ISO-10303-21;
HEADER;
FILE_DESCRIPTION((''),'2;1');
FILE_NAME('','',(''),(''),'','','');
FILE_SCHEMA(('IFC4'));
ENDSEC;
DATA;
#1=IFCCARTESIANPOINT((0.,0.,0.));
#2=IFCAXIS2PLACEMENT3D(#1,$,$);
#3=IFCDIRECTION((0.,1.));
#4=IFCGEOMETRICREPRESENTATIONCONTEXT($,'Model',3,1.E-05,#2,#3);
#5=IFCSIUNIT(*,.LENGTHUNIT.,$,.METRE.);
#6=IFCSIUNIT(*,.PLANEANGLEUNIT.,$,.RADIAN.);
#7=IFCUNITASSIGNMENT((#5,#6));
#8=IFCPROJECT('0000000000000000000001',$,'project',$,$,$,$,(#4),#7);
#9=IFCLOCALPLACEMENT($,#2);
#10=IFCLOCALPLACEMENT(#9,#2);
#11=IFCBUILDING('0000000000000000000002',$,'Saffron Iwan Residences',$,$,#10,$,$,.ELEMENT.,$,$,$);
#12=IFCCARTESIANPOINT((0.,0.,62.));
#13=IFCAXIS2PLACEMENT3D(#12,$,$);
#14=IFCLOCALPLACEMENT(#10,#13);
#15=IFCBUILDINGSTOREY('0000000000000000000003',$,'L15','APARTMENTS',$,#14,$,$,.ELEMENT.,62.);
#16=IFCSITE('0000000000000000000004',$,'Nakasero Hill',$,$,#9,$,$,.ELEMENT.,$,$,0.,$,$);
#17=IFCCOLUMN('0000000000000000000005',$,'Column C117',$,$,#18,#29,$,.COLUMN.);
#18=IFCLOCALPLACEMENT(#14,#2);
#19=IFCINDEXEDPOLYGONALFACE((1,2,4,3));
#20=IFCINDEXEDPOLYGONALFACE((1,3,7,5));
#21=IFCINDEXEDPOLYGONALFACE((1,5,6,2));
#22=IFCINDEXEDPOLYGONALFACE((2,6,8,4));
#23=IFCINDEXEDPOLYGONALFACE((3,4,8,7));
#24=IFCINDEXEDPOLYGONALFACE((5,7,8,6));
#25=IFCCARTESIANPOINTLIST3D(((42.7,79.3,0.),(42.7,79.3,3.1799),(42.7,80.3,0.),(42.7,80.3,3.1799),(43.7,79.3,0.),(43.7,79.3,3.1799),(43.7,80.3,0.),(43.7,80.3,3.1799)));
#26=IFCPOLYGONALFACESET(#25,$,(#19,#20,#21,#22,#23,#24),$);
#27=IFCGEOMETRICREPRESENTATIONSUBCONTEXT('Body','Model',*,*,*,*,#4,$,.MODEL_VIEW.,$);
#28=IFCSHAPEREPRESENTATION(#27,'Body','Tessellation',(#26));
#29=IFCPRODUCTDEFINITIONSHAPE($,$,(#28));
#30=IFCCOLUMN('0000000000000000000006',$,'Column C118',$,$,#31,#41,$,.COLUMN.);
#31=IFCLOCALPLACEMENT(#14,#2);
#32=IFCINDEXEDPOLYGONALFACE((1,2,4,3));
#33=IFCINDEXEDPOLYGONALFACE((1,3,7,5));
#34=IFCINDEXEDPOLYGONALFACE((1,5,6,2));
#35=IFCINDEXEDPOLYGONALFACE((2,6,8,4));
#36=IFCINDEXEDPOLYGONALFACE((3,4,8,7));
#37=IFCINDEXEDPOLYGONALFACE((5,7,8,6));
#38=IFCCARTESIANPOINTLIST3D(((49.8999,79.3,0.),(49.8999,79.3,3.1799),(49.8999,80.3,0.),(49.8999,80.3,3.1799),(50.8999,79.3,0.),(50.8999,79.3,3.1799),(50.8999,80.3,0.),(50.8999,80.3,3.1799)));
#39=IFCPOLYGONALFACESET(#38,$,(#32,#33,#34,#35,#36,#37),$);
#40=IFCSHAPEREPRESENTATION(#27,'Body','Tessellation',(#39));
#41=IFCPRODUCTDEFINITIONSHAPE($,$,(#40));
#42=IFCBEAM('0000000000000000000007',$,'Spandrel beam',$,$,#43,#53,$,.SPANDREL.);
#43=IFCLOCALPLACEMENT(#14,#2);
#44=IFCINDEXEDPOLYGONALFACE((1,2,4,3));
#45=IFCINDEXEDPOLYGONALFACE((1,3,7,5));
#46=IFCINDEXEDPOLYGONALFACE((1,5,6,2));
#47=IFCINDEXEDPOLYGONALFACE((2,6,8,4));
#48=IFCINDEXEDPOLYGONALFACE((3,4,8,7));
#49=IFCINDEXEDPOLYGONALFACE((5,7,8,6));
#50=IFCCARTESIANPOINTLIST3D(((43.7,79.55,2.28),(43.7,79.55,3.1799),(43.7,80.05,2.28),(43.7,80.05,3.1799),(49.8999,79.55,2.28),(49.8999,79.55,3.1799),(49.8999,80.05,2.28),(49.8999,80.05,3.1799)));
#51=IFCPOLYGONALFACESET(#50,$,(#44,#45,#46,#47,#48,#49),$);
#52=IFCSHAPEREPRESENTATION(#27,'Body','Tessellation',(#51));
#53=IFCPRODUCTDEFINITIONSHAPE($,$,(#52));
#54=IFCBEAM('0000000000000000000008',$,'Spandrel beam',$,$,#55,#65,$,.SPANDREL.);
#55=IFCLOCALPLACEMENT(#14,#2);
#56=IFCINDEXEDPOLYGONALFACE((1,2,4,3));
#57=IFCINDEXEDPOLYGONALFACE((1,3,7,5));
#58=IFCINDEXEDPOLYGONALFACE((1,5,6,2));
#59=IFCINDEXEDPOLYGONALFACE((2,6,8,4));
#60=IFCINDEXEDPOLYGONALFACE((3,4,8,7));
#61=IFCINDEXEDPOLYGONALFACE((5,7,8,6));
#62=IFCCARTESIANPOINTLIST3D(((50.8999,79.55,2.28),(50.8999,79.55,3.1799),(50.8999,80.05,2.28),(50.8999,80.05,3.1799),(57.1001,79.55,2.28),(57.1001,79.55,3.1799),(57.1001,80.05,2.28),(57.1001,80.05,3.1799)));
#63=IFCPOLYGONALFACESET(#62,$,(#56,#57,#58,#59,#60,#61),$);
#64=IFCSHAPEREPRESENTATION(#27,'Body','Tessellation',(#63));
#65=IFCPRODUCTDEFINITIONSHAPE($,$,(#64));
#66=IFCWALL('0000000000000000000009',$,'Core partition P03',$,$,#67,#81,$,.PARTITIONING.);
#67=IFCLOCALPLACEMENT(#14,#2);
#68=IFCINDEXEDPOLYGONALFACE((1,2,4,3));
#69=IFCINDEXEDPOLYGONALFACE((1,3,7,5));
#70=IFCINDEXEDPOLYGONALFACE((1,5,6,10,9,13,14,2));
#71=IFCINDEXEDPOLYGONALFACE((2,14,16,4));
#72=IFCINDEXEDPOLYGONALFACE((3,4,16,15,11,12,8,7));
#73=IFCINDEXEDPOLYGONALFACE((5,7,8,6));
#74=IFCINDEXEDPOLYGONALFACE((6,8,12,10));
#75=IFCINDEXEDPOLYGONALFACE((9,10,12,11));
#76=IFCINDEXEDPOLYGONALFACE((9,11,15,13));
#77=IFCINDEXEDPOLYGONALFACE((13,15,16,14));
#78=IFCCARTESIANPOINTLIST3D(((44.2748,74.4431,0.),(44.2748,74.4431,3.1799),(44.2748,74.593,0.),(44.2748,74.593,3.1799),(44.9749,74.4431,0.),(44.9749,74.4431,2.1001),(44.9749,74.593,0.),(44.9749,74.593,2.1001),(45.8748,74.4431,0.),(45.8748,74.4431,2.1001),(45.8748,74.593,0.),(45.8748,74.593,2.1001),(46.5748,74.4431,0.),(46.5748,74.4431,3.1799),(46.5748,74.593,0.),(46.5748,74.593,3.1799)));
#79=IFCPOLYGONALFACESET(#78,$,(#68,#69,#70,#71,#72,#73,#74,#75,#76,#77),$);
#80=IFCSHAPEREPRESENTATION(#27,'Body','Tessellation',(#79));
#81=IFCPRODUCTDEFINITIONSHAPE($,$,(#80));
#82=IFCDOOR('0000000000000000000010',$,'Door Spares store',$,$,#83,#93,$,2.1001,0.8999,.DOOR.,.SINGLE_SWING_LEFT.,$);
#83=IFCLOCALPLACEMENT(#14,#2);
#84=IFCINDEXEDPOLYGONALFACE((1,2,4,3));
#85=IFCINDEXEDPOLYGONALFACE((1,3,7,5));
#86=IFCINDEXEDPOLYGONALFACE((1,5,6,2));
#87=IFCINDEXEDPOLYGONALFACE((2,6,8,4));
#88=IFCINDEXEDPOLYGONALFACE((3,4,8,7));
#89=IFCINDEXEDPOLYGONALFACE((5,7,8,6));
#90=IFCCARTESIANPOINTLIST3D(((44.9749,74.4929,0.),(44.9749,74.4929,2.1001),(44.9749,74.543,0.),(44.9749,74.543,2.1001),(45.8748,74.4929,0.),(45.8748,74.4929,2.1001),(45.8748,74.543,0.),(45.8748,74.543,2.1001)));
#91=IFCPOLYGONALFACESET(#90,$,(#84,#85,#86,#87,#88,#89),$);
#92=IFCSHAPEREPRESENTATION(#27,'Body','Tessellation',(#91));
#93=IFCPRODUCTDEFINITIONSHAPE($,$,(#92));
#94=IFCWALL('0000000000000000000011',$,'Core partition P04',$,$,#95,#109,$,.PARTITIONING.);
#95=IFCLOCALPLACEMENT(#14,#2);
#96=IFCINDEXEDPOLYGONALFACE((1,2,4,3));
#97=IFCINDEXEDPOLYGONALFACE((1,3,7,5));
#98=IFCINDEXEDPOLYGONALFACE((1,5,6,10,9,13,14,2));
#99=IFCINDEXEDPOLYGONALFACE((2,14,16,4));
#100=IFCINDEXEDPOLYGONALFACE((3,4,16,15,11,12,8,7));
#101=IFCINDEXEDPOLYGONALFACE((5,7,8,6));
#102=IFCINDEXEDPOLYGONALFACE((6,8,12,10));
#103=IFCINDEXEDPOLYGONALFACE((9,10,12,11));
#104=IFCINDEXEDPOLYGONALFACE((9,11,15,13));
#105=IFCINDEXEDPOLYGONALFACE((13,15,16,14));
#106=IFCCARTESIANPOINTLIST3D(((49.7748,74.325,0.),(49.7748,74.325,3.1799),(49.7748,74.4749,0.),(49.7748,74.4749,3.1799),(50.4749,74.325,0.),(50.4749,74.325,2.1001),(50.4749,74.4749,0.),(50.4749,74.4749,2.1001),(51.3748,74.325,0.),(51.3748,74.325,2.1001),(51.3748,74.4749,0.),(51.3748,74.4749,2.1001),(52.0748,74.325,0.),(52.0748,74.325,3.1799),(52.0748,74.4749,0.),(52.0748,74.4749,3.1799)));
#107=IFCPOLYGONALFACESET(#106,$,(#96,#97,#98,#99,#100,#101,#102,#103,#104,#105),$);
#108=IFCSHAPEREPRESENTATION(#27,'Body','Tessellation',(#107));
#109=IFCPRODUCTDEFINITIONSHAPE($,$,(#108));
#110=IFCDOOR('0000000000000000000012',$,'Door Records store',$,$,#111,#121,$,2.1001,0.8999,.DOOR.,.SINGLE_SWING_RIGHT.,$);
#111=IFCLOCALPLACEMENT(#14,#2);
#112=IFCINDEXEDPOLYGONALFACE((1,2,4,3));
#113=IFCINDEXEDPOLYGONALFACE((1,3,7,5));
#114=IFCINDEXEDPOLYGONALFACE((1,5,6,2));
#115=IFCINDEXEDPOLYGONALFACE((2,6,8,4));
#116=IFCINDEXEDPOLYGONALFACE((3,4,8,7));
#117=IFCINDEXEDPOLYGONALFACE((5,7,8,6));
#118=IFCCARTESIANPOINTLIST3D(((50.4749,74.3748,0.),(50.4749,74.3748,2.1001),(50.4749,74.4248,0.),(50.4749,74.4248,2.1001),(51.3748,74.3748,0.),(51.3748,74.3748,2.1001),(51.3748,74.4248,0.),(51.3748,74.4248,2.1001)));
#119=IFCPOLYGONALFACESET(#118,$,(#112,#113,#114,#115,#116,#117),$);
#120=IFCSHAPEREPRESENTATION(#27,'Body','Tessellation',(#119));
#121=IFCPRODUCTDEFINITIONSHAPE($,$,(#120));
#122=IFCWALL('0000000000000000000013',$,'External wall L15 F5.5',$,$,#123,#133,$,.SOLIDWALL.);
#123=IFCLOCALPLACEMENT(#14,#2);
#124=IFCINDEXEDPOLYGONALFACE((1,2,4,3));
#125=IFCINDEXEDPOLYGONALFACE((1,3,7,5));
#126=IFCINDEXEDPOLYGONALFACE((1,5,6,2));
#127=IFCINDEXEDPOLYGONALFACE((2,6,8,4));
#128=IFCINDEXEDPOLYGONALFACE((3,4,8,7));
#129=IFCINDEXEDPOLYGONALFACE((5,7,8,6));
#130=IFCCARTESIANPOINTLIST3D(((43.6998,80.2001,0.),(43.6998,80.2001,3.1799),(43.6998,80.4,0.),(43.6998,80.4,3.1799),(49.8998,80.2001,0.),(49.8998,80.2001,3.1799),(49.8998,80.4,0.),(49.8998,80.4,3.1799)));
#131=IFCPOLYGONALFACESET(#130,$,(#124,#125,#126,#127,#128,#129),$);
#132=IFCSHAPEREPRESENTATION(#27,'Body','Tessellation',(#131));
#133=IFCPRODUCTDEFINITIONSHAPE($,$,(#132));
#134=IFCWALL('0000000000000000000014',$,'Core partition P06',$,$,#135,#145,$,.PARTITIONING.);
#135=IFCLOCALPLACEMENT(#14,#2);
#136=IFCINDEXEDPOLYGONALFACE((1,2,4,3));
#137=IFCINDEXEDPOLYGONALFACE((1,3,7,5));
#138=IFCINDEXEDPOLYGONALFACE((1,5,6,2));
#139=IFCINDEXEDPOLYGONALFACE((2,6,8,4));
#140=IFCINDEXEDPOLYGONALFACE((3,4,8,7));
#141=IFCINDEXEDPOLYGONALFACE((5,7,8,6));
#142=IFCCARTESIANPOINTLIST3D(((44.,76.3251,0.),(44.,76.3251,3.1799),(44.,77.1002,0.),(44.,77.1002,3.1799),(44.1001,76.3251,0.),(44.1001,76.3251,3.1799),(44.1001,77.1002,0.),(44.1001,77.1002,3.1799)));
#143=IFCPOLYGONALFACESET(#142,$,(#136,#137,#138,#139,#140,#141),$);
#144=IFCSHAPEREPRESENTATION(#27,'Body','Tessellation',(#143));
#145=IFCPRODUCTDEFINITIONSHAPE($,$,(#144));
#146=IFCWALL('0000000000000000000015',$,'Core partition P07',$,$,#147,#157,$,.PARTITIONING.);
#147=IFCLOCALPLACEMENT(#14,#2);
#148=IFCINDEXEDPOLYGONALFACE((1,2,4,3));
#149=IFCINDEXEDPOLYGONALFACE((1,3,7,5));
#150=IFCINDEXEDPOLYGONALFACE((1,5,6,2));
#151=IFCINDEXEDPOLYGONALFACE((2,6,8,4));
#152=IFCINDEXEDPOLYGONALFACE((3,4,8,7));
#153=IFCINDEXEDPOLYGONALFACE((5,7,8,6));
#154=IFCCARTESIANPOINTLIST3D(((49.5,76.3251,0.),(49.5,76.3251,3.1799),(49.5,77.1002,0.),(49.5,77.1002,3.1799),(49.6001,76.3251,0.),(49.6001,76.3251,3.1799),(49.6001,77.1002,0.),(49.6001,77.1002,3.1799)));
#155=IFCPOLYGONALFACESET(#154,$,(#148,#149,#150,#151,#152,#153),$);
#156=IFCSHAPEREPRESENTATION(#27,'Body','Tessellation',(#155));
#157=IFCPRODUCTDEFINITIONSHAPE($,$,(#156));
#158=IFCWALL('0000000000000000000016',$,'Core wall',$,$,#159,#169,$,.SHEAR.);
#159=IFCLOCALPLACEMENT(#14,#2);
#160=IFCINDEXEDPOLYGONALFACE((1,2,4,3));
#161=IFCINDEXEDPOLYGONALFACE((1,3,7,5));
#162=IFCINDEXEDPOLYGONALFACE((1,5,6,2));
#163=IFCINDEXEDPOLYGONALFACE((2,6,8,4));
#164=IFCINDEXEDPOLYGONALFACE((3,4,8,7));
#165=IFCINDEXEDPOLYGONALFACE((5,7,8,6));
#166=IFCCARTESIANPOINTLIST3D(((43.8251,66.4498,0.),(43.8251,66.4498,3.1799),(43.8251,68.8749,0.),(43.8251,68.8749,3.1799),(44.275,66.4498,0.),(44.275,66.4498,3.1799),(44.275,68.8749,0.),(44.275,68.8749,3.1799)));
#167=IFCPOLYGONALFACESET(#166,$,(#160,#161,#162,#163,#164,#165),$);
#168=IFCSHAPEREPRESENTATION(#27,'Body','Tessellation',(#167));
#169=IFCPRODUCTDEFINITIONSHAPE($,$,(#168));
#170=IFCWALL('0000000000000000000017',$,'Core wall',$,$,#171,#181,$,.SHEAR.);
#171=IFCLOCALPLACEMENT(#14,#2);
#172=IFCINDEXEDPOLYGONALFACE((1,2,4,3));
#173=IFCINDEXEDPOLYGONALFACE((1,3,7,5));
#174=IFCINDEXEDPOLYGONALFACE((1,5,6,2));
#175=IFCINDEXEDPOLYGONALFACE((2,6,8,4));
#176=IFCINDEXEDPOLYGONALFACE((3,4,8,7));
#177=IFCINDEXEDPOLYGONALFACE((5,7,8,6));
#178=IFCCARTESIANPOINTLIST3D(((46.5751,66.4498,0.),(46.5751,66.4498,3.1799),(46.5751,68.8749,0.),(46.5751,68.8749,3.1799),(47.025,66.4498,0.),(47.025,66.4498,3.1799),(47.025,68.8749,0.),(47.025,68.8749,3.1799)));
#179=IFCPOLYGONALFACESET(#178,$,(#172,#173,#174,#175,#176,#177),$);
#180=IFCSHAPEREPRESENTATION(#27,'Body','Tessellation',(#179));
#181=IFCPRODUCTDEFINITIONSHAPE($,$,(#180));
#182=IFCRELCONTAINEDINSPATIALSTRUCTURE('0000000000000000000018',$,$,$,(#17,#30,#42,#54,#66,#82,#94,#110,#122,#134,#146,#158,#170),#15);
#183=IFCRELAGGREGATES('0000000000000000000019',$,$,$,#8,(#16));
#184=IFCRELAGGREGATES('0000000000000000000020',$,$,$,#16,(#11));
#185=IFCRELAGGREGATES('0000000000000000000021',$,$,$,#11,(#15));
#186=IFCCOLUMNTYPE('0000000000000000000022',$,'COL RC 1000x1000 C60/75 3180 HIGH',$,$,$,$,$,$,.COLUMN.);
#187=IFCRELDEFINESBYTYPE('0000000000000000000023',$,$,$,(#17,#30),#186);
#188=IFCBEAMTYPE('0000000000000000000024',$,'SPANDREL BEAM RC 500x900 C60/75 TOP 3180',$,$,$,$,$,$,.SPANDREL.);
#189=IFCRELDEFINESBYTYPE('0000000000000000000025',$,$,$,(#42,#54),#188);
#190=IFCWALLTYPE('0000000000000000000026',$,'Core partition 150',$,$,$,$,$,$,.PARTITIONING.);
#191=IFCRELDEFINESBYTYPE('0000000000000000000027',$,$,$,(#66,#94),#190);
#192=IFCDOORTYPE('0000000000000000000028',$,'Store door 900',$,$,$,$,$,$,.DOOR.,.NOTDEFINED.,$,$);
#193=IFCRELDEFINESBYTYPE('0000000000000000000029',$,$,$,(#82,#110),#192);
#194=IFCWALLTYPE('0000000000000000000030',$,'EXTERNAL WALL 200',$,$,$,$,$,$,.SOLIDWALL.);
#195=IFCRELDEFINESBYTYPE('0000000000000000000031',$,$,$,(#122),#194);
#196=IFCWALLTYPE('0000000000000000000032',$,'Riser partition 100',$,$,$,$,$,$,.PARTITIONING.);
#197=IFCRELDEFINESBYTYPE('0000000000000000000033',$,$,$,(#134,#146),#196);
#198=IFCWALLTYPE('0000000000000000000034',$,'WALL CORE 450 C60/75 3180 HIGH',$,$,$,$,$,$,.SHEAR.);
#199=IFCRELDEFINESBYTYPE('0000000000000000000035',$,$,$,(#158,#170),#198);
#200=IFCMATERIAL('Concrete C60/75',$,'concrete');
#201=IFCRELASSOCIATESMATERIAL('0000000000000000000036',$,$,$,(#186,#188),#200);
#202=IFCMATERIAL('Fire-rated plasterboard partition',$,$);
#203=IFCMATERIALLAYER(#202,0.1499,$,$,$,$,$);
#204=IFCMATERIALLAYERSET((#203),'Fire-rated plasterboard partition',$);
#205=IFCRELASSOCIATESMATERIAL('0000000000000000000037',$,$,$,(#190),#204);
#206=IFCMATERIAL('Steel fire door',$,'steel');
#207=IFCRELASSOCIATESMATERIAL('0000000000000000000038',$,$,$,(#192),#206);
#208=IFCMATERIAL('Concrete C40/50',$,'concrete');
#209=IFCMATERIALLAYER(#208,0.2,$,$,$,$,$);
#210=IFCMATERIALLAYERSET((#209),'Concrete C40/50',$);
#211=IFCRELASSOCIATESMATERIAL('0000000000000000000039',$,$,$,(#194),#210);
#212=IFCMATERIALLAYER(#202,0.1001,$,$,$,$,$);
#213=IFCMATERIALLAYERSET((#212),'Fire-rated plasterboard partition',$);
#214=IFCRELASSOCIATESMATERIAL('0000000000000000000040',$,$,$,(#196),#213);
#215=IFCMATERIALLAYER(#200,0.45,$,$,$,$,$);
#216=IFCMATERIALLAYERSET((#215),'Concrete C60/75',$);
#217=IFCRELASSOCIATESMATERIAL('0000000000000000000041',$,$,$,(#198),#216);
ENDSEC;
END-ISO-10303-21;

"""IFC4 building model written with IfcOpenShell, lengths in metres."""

from ifc_helpers import new_model, si_unit, direction, frame, frame_2d, origin, origin_2d, place, context, subcontext, project, spatial, rectangle, extrude, source, transform, mapped, material, layer, layer_set, material_profile, profile_set, type_object, element, fill, save


model = new_model("IFC4")

# Units and contexts
model_context = context("Model", 3, precision=1e-05, world=origin(), true_north=direction((0.0, 1.0)))
body_context = subcontext(model_context, "Body", "Model", "MODEL_VIEW")
ifc_project = project(units=[si_unit("LENGTHUNIT", "METRE"), si_unit("PLANEANGLEUNIT", "RADIAN")], contexts=[model_context])

# Site, building, storey
site_placement = place(None, origin())
site = spatial("IfcSite", under=ifc_project, at=site_placement, Name="Nakasero Hill", CompositionType="ELEMENT", RefElevation=0.0)
building_placement = place(site_placement, origin())
building = spatial("IfcBuilding", under=site, at=building_placement, Name="Saffron Iwan Residences", CompositionType="ELEMENT")
storey_placement = place(building_placement, frame((0.0, 0.0, 62.0)))
storey = spatial("IfcBuildingStorey", under=building, at=storey_placement, Name="L15", Description="APARTMENTS", CompositionType="ELEMENT", Elevation=62.0)

# Columns
ifc_material_1 = material(Name="Concrete C60/75", Category="concrete")
ifc_material_profile_1 = material_profile(ifc_material_1, rectangle(XDim=1.0, YDim=1.0, at=origin_2d()), Name="RC 1000x1000")
ifc_profile_set_1 = profile_set([ifc_material_profile_1], Name="Concrete C60/75")
column_type = type_object("IfcColumnType", Name="COL RC 1000x1000 C60/75 3180 HIGH", PredefinedType="COLUMN", material=ifc_profile_set_1)
shared_shape_1 = source(origin(), body_context, "Body", "SweptSolid", [
    extrude(rectangle(XDim=1.0, YDim=1.0, at=origin_2d()), origin(), (0.0, 0.0, 1.0), 3.1799),
])
for number, where, z_axis, x_axis, name in (
    (1, (43.2, 79.8, 0.0), (0.0, 0.0, 1.0), (1.0, 0.0, 0.0), "Column C117"),
    (2, (50.3999, 79.8, 0.0), (0.0, 0.0, 1.0), (1.0, 0.0, 0.0), "Column C118"),
):
    element("IfcColumn", number, at=place(storey_placement, frame(where, z_axis=z_axis, x_axis=x_axis)), inside=storey, type_object=column_type, Name=name, PredefinedType="COLUMN", context=body_context, shape_type="MappedRepresentation", body=[
        mapped(shared_shape_1, transform((0.0, 0.0, 0.0))),
    ])

# Beams
ifc_material_profile_2 = material_profile(ifc_material_1, rectangle(XDim=0.5, YDim=0.8999, at=origin_2d()), Name="RC 500x900")
ifc_profile_set_2 = profile_set([ifc_material_profile_2], Name="Concrete C60/75")
beam_type = type_object("IfcBeamType", Name="SPANDREL BEAM RC 500x900 C60/75 TOP 3180", PredefinedType="SPANDREL", material=ifc_profile_set_2)
shared_shape_2 = source(origin(), body_context, "Body", "SweptSolid", [
    extrude(rectangle(XDim=0.5, YDim=0.8999, at=origin_2d()), origin(), (0.0, 0.0, 1.0), 6.2),
])
beam_1_placement = place(storey_placement, frame((43.7, 79.8, 2.73), z_axis=(1.0, 0.0, 0.0), x_axis=(0.0, 1.0, 0.0)))
element("IfcBeam", 3, at=beam_1_placement, inside=storey, type_object=beam_type, Name="Spandrel beam", PredefinedType="SPANDREL", context=body_context, shape_type="MappedRepresentation", body=[
    mapped(shared_shape_2, transform((0.0, 0.0, 0.0))),
])
shared_shape_3 = source(origin(), body_context, "Body", "SweptSolid", [
    extrude(rectangle(XDim=0.5, YDim=0.8999, at=origin_2d()), origin(), (0.0, 0.0, 1.0), 6.2002),
])
beam_2_placement = place(storey_placement, frame((50.8999, 79.8, 2.73), z_axis=(1.0, 0.0, 0.0), x_axis=(0.0, 1.0, 0.0)))
element("IfcBeam", 4, at=beam_2_placement, inside=storey, type_object=beam_type, Name="Spandrel beam", PredefinedType="SPANDREL", context=body_context, shape_type="MappedRepresentation", body=[
    mapped(shared_shape_3, transform((0.0, 0.0, 0.0))),
])

# Walls, openings, doors
ifc_material_2 = material(Name="Fire-rated plasterboard partition")
ifc_layer_1 = layer(ifc_material_2, 0.1499)
ifc_layer_set_1 = layer_set([ifc_layer_1], Name="Fire-rated plasterboard partition")
wall_type_1 = type_object("IfcWallType", Name="Core partition 150", PredefinedType="PARTITIONING", material=ifc_layer_set_1)
wall_1_placement = place(storey_placement, frame((44.2749, 74.5181, 0.0), z_axis=(0.0, 0.0, 1.0), x_axis=(1.0, 0.0, 0.0)))
wall_1 = element("IfcWall", 5, at=wall_1_placement, inside=storey, type_object=wall_type_1, Name="Core partition P03", PredefinedType="PARTITIONING", context=body_context, shape_type="SweptSolid", body=[
    extrude(rectangle(XDim=2.3, YDim=0.1499, at=frame_2d((1.1499, 0.0))), origin(), (0.0, 0.0, 1.0), 3.1799),
])
opening_1_placement = place(wall_1_placement, frame((0.7, 0.0, 0.0)))
opening_1 = element("IfcOpeningElement", 6, at=opening_1_placement, cuts=wall_1, PredefinedType="OPENING", context=body_context, shape_type="SweptSolid", body=[
    extrude(rectangle(XDim=0.8999, YDim=2.1001, at=frame_2d((0.45, 1.05))), frame((0.0, 0.085, 0.0), z_axis=(0.0, -1.0, 0.0), x_axis=(1.0, 0.0, 0.0)), (0.0, 0.0, 1.0), 0.1699),
])
ifc_material_3 = material(Name="Steel fire door", Category="steel")
door_type = type_object("IfcDoorType", Name="Store door 900", OperationType="NOTDEFINED", PredefinedType="DOOR", material=ifc_material_3)
door_1_placement = place(opening_1_placement, origin())
door_1 = element("IfcDoor", 7, at=door_1_placement, inside=storey, type_object=door_type, Name="Door Spares store", OperationType="SINGLE_SWING_LEFT", OverallHeight=2.1001, OverallWidth=0.8999, PredefinedType="DOOR", context=body_context, shape_type="SweptSolid", body=[
    extrude(rectangle(XDim=0.8999, YDim=2.1001, at=frame_2d((0.45, 1.05))), frame((0.0, 0.0249, 0.0), z_axis=(0.0, -1.0, 0.0), x_axis=(1.0, 0.0, 0.0)), (0.0, 0.0, 1.0), 0.05),
])
fill(opening_1, door_1)
wall_2_placement = place(storey_placement, frame((49.7749, 74.3999, 0.0), z_axis=(0.0, 0.0, 1.0), x_axis=(1.0, 0.0, 0.0)))
wall_2 = element("IfcWall", 8, at=wall_2_placement, inside=storey, type_object=wall_type_1, Name="Core partition P04", PredefinedType="PARTITIONING", context=body_context, shape_type="SweptSolid", body=[
    extrude(rectangle(XDim=2.3, YDim=0.1499, at=frame_2d((1.1499, 0.0))), origin(), (0.0, 0.0, 1.0), 3.1799),
])
opening_2_placement = place(wall_2_placement, frame((0.7, 0.0, 0.0)))
opening_2 = element("IfcOpeningElement", 9, at=opening_2_placement, cuts=wall_2, PredefinedType="OPENING", context=body_context, shape_type="SweptSolid", body=[
    extrude(rectangle(XDim=0.8999, YDim=2.1001, at=frame_2d((0.45, 1.05))), frame((0.0, 0.085, 0.0), z_axis=(0.0, -1.0, 0.0), x_axis=(1.0, 0.0, 0.0)), (0.0, 0.0, 1.0), 0.1699),
])
door_2_placement = place(opening_2_placement, origin())
door_2 = element("IfcDoor", 10, at=door_2_placement, inside=storey, type_object=door_type, Name="Door Records store", OperationType="SINGLE_SWING_RIGHT", OverallHeight=2.1001, OverallWidth=0.8999, PredefinedType="DOOR", context=body_context, shape_type="SweptSolid", body=[
    extrude(rectangle(XDim=0.8999, YDim=2.1001, at=frame_2d((0.45, 1.05))), frame((0.0, 0.0249, 0.0), z_axis=(0.0, -1.0, 0.0), x_axis=(1.0, 0.0, 0.0)), (0.0, 0.0, 1.0), 0.05),
])
fill(opening_2, door_2)

# Walls
ifc_material_4 = material(Name="Concrete C40/50", Category="concrete")
ifc_layer_2 = layer(ifc_material_4, 0.2)
ifc_layer_set_2 = layer_set([ifc_layer_2], Name="Concrete C40/50")
wall_type_2 = type_object("IfcWallType", Name="EXTERNAL WALL 200", PredefinedType="SOLIDWALL", material=ifc_layer_set_2)
wall_3_placement = place(storey_placement, frame((49.8999, 80.3, 0.0), z_axis=(0.0, 0.0, 1.0), x_axis=(-1.0, 0.0, 0.0)))
element("IfcWall", 11, at=wall_3_placement, inside=storey, type_object=wall_type_2, Name="External wall L15 F5.5", PredefinedType="SOLIDWALL", context=body_context, shape_type="SweptSolid", body=[
    extrude(rectangle(XDim=6.2, YDim=0.2, at=frame_2d((3.1001, 0.0))), origin(), (0.0, 0.0, 1.0), 3.1799),
])
ifc_layer_3 = layer(ifc_material_2, 0.1001)
ifc_layer_set_3 = layer_set([ifc_layer_3], Name="Fire-rated plasterboard partition")
wall_type_3 = type_object("IfcWallType", Name="Riser partition 100", PredefinedType="PARTITIONING", material=ifc_layer_set_3)
for number, where, z_axis, x_axis, name in (
    (12, (44.05, 76.325, 0.0), (0.0, 0.0, 1.0), (0.0, 1.0, 0.0), "Core partition P06"),
    (13, (49.55, 76.325, 0.0), (0.0, 0.0, 1.0), (0.0, 1.0, 0.0), "Core partition P07"),
):
    element("IfcWall", number, at=place(storey_placement, frame(where, z_axis=z_axis, x_axis=x_axis)), inside=storey, type_object=wall_type_3, Name=name, PredefinedType="PARTITIONING", context=body_context, shape_type="SweptSolid", body=[
        extrude(rectangle(XDim=0.7751, YDim=0.1001, at=frame_2d((0.3877, 0.0))), origin(), (0.0, 0.0, 1.0), 3.1799),
    ])
ifc_layer_4 = layer(ifc_material_1, 0.45)
ifc_layer_set_4 = layer_set([ifc_layer_4], Name="Concrete C60/75")
wall_type_4 = type_object("IfcWallType", Name="WALL CORE 450 C60/75 3180 HIGH", PredefinedType="SHEAR", material=ifc_layer_set_4)
for number, where, z_axis, x_axis, name in (
    (14, (44.05, 66.45, 0.0), (0.0, 0.0, 1.0), (0.0, 1.0, 0.0), "Core wall"),
    (15, (46.8, 66.45, 0.0), (0.0, 0.0, 1.0), (0.0, 1.0, 0.0), "Core wall"),
):
    element("IfcWall", number, at=place(storey_placement, frame(where, z_axis=z_axis, x_axis=x_axis)), inside=storey, type_object=wall_type_4, Name=name, PredefinedType="SHEAR", context=body_context, shape_type="SweptSolid", body=[
        extrude(rectangle(XDim=2.425, YDim=0.45, at=frame_2d((1.2124, 0.0))), origin(), (0.0, 0.0, 1.0), 3.1799),
    ])

save(model, "model.ifc")
